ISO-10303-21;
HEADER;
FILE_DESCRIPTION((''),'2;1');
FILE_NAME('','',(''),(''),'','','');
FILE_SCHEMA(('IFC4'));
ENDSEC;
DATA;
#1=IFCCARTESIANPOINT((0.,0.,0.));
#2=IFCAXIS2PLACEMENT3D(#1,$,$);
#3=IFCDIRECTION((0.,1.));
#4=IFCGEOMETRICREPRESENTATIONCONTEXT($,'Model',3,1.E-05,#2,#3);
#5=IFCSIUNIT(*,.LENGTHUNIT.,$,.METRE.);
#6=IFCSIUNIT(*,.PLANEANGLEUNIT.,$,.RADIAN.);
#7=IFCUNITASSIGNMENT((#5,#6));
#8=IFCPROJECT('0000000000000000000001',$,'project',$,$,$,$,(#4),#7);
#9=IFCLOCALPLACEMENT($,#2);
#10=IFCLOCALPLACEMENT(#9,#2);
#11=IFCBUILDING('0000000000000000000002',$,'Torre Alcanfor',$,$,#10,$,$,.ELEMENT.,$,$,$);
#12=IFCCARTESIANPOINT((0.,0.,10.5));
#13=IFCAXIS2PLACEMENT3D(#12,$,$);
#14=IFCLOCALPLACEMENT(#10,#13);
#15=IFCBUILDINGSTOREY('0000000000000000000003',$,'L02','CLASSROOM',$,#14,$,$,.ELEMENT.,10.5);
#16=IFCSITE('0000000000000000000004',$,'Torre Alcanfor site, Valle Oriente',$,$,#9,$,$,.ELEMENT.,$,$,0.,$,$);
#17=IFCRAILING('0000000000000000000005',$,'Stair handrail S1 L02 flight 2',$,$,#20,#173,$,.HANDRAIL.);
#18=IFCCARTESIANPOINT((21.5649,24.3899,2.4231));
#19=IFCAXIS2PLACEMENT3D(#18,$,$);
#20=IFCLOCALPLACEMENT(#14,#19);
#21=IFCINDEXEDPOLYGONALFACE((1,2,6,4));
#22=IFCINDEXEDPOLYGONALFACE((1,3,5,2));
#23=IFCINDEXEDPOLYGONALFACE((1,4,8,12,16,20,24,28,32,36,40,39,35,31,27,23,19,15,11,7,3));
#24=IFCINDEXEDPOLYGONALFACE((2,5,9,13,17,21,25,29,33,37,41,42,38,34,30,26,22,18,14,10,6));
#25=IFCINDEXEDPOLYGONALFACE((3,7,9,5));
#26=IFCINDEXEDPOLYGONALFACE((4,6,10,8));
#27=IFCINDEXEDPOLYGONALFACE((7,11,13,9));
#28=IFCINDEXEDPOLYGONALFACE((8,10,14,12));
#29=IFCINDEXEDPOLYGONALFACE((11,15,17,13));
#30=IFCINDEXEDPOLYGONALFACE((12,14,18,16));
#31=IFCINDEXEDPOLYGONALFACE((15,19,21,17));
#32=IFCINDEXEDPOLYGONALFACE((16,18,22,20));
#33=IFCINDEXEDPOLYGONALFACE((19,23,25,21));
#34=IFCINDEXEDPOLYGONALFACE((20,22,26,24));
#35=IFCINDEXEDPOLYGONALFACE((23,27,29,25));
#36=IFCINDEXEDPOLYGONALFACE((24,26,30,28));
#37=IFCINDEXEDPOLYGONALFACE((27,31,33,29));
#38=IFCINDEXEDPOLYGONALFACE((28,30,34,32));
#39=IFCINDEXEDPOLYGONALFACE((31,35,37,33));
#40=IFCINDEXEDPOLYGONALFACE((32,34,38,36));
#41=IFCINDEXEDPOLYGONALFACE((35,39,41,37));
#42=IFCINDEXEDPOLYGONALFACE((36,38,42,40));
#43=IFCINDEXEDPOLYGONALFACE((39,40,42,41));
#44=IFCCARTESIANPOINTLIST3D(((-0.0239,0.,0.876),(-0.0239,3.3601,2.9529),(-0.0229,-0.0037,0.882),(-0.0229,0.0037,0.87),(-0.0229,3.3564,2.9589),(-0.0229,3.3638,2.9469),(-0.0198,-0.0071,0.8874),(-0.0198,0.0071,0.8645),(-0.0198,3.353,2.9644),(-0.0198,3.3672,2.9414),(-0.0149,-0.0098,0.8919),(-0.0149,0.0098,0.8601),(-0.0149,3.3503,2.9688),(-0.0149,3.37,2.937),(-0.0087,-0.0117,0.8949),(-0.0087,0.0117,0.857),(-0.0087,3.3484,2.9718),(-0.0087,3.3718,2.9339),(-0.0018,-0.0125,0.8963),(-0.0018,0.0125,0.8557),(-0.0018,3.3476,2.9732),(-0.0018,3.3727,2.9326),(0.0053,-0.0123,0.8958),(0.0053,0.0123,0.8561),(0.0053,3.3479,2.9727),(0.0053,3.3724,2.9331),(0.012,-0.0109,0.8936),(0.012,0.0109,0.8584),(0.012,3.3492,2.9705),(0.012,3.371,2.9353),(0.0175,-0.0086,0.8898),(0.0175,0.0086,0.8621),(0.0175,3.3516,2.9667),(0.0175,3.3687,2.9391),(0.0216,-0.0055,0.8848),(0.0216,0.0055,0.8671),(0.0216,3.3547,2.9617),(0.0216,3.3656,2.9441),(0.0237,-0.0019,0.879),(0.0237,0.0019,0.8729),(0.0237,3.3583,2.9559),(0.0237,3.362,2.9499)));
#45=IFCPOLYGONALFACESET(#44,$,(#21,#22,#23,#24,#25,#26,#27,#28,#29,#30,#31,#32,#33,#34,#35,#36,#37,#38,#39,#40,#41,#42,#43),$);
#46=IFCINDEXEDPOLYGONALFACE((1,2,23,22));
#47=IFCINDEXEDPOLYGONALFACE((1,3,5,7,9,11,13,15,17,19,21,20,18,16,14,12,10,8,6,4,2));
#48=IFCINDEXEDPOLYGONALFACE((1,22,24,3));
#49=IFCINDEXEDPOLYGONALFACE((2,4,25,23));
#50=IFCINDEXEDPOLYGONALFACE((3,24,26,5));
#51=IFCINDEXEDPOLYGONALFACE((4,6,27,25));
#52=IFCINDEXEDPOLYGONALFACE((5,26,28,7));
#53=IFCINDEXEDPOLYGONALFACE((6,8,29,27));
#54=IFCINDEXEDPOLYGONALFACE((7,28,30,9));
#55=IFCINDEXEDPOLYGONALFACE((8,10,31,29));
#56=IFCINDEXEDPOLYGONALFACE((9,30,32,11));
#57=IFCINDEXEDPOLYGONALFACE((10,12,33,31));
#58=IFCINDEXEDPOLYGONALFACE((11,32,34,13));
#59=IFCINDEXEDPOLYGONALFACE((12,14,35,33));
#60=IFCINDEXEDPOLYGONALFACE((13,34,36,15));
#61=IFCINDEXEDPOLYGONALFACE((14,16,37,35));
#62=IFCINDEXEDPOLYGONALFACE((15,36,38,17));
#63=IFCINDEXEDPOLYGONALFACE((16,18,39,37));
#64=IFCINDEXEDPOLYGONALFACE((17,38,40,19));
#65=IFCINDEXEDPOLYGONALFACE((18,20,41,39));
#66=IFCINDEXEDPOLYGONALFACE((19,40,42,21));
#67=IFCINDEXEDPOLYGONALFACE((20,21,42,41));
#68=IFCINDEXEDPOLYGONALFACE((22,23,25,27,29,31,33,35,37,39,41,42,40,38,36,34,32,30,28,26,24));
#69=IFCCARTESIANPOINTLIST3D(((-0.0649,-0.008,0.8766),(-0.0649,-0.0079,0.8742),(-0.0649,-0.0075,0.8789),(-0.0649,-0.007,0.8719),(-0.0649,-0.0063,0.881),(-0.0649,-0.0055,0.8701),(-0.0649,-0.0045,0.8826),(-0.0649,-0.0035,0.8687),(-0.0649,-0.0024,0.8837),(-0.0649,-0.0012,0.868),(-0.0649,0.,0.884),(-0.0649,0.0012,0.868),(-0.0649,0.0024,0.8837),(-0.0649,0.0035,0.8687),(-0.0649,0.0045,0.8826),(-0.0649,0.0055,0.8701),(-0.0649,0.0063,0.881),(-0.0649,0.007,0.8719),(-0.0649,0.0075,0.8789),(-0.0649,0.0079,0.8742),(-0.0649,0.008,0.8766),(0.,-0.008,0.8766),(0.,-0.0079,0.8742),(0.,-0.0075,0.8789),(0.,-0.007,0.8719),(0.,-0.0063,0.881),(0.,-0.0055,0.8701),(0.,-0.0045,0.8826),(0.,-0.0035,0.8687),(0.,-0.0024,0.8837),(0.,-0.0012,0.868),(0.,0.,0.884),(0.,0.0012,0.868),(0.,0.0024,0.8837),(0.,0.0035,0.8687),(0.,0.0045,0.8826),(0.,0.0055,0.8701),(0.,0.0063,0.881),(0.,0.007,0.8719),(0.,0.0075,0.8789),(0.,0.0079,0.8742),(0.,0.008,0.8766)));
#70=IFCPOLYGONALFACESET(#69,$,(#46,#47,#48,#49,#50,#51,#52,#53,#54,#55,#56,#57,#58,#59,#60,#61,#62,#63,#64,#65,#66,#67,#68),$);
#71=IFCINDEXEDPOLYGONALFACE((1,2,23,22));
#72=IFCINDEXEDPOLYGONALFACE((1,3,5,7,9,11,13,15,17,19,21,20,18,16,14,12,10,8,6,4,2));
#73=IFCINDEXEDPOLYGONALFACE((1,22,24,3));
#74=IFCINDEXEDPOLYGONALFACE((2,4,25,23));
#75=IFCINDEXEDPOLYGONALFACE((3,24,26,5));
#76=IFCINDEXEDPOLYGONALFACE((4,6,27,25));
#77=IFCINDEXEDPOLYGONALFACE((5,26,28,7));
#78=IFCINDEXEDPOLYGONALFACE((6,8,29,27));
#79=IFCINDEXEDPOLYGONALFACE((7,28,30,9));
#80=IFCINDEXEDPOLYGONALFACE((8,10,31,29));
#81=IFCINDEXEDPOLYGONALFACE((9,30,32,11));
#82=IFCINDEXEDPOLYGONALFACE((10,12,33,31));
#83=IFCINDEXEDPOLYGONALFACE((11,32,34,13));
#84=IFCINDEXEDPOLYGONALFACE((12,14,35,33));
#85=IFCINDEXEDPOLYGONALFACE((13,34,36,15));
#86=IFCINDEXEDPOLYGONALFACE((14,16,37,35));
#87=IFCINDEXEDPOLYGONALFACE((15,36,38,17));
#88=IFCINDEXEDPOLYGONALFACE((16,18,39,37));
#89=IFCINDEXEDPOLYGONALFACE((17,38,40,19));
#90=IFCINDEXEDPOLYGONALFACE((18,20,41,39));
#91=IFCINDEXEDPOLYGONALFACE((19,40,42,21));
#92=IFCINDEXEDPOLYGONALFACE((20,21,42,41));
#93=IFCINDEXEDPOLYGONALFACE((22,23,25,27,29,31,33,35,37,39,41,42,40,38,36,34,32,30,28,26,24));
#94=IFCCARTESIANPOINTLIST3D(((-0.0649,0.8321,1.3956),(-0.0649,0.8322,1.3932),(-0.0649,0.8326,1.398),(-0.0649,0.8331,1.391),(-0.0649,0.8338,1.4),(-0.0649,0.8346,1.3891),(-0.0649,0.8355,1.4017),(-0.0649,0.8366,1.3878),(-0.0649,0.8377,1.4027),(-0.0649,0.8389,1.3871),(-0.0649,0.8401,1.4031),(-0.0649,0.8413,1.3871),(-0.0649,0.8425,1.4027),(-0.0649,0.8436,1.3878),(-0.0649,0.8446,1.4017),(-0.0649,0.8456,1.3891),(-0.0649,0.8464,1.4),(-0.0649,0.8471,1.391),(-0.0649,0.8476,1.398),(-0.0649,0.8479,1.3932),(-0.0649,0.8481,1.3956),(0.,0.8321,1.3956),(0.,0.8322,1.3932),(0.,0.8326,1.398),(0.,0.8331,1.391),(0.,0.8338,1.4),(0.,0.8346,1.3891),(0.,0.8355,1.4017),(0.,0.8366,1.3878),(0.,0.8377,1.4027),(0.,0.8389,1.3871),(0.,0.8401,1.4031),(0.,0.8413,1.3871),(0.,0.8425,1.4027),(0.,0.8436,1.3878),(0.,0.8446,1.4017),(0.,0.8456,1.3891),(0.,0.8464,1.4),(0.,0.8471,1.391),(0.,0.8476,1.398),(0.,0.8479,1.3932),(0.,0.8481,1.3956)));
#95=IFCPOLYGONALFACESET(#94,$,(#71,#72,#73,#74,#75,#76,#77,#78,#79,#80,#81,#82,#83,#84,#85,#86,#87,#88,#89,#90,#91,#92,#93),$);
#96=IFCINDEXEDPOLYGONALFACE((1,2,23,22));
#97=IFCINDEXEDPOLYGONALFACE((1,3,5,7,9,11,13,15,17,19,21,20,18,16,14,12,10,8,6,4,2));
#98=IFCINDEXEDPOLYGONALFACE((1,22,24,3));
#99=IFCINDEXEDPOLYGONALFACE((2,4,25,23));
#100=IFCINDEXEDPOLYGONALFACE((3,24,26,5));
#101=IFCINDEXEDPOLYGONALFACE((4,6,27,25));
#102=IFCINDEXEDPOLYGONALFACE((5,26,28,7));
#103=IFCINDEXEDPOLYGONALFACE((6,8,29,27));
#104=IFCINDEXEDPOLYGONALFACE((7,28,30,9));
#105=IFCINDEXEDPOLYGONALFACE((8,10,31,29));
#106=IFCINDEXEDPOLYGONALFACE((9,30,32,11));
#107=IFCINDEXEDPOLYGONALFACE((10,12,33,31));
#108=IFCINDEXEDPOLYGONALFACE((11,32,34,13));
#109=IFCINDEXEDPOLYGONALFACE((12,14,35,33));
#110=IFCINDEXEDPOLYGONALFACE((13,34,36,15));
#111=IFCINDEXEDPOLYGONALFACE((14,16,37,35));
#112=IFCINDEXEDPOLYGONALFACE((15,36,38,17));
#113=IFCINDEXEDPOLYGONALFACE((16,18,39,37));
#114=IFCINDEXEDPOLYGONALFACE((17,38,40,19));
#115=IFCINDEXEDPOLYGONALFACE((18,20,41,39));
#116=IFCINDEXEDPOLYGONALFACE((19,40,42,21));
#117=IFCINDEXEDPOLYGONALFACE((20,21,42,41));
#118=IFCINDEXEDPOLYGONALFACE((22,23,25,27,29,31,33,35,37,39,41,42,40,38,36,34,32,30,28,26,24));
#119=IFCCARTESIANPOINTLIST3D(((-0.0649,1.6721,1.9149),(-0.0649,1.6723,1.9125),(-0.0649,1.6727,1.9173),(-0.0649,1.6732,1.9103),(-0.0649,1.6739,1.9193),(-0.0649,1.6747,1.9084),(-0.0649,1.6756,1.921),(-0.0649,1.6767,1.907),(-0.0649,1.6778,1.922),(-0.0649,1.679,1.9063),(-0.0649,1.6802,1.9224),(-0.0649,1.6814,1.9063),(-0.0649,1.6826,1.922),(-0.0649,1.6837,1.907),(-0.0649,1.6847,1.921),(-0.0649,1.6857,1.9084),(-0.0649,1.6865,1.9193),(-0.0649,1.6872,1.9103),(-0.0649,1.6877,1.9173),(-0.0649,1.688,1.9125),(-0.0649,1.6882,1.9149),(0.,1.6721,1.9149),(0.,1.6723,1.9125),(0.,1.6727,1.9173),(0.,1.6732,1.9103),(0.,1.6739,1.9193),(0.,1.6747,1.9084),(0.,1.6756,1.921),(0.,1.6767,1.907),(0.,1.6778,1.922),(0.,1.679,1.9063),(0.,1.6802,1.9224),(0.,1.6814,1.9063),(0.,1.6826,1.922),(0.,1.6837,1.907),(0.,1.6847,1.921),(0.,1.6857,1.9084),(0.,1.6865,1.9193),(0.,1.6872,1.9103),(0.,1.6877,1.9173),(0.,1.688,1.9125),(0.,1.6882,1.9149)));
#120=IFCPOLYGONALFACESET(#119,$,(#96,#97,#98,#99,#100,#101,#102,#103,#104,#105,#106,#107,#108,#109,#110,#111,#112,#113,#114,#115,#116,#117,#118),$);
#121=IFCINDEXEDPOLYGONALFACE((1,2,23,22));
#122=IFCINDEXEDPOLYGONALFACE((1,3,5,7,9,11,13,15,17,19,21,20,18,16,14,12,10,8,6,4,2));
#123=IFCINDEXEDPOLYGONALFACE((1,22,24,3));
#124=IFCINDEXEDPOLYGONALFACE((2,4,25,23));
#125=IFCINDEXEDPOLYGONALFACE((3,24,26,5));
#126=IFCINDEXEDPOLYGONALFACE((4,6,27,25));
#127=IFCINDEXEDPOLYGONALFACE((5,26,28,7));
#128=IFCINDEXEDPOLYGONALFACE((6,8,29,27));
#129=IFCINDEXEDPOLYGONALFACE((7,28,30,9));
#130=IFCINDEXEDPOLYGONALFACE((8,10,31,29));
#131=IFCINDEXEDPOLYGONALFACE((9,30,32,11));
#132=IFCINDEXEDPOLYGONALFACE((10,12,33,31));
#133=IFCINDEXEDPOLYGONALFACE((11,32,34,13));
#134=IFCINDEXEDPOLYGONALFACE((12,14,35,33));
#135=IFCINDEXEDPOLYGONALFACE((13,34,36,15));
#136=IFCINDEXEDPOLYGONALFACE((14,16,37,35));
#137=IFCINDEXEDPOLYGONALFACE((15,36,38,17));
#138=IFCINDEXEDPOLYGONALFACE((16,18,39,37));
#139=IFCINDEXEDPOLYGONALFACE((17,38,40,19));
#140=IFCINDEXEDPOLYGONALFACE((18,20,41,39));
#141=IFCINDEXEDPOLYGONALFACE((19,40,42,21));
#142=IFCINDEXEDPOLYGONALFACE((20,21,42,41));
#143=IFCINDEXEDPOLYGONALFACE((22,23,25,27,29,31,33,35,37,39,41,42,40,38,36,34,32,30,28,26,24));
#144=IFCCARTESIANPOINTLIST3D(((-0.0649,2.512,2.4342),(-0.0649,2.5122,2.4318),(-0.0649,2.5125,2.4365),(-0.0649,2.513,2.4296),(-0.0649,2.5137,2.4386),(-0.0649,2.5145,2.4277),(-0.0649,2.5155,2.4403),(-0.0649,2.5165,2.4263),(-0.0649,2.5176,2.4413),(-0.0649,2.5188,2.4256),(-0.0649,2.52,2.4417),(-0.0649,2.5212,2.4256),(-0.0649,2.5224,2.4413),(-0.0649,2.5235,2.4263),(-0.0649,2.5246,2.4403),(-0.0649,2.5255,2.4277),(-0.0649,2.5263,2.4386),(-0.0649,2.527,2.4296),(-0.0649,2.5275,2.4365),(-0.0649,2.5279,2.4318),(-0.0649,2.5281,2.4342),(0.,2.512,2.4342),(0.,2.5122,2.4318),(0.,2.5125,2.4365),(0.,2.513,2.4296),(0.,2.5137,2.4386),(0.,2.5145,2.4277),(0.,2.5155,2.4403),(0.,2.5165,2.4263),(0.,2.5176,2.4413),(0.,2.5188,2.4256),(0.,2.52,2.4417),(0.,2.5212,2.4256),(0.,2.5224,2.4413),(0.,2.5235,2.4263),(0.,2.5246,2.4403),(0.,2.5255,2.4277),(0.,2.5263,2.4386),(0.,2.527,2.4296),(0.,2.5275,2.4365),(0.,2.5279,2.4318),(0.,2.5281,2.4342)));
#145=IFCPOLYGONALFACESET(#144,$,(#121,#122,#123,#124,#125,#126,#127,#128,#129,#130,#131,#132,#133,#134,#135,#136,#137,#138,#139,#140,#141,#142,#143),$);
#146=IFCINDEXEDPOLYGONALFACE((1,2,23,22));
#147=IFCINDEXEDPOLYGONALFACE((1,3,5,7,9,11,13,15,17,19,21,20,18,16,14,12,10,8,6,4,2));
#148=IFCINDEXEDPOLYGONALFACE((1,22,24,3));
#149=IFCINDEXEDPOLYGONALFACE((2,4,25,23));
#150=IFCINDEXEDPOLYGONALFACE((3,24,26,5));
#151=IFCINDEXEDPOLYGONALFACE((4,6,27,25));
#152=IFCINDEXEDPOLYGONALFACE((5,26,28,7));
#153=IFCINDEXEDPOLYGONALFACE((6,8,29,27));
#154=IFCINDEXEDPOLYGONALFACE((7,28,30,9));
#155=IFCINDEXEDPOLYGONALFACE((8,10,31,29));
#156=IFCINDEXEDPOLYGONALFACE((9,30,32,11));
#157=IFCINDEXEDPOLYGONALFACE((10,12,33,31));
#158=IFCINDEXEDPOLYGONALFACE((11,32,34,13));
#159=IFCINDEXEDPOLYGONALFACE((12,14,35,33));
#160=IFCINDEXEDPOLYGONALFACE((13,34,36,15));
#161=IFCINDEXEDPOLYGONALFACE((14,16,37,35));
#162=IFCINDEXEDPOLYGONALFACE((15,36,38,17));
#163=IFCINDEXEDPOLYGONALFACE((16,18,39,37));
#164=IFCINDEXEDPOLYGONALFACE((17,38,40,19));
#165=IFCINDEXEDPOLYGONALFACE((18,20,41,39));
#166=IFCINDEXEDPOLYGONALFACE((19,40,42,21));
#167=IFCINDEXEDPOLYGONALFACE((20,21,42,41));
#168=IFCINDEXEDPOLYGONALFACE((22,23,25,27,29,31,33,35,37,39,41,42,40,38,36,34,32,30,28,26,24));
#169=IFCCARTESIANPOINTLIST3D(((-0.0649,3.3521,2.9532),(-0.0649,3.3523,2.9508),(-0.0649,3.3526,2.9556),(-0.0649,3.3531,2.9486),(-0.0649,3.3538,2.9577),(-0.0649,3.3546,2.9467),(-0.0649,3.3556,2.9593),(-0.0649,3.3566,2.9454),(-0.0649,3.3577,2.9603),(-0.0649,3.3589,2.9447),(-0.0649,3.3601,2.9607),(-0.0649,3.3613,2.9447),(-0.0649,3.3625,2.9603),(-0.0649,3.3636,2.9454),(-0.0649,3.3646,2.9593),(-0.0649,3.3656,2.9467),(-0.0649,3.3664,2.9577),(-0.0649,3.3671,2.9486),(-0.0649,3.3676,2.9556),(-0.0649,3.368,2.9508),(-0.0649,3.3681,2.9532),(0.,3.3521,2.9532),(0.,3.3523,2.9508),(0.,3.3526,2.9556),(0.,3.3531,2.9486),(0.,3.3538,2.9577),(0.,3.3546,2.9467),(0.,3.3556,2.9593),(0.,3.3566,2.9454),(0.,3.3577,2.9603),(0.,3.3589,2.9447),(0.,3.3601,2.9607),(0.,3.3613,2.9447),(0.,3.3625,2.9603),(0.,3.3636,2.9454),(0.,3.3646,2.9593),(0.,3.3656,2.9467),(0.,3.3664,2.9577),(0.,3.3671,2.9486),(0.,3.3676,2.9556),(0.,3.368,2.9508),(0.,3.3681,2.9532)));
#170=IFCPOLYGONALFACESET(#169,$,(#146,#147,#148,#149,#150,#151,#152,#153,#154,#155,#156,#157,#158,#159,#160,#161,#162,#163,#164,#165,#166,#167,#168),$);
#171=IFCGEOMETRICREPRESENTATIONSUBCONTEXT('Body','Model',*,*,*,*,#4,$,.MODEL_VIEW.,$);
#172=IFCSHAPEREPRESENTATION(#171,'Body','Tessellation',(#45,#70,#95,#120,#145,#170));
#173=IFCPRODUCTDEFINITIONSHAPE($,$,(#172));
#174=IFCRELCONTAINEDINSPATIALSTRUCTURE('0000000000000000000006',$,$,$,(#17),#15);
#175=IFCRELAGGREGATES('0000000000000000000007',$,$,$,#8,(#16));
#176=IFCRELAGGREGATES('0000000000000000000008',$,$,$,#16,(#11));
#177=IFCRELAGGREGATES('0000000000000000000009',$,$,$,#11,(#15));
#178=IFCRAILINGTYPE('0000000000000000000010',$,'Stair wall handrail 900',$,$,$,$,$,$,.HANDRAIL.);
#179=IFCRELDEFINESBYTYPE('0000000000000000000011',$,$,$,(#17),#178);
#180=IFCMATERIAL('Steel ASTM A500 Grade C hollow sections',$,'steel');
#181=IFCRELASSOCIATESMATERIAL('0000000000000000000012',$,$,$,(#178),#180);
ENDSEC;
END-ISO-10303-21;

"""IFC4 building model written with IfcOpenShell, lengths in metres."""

from ifc_helpers import new_model, si_unit, direction, frame, origin, origin_2d, place, context, subcontext, project, spatial, circle, extrude, material, type_object, element, save


model = new_model("IFC4")

# Units and contexts
model_context = context("Model", 3, precision=1e-05, world=origin(), true_north=direction((0.0, 1.0)))
body_context = subcontext(model_context, "Body", "Model", "MODEL_VIEW")
ifc_project = project(units=[si_unit("LENGTHUNIT", "METRE"), si_unit("PLANEANGLEUNIT", "RADIAN")], contexts=[model_context])

# Site, building, storey
site_placement = place(None, origin())
site = spatial("IfcSite", under=ifc_project, at=site_placement, Name="Torre Alcanfor site, Valle Oriente", CompositionType="ELEMENT", RefElevation=0.0)
building_placement = place(site_placement, origin())
building = spatial("IfcBuilding", under=site, at=building_placement, Name="Torre Alcanfor", CompositionType="ELEMENT")
storey_placement = place(building_placement, frame((0.0, 0.0, 10.5)))
storey = spatial("IfcBuildingStorey", under=building, at=storey_placement, Name="L02", Description="CLASSROOM", CompositionType="ELEMENT", Elevation=10.5)

# Railing
ifc_material_1 = material(Name="Steel ASTM A500 Grade C hollow sections", Category="steel")
railing_type_1 = type_object("IfcRailingType", Name="Stair wall handrail 900", PredefinedType="HANDRAIL", material=ifc_material_1)
railing_1_placement = place(storey_placement, frame((21.5649, 24.3899, 2.4231)))
element("IfcRailing", 1, at=railing_1_placement, inside=storey, type_object=railing_type_1, Name="Stair handrail S1 L02 flight 2", PredefinedType="HANDRAIL", context=body_context, shape_type="SweptSolid", body=[
    extrude(circle(Radius=0.0239, at=origin_2d()), frame((0.0, 0.0, 0.876), z_axis=(0.0, 0.850623, 0.525776), x_axis=(-1.0, 0.0, 0.0)), (0.0, 0.0, 1.0), 3.9502),
    extrude(circle(Radius=0.0081, at=origin_2d()), frame((0.0, 0.0, 0.876), z_axis=(-1.0, 0.0, 0.0), x_axis=(0.0, 0.0, 1.0)), (0.0, 0.0, 1.0), 0.0649),
    extrude(circle(Radius=0.0081, at=origin_2d()), frame((0.0, 0.8401, 1.395), z_axis=(-1.0, 0.0, 0.0), x_axis=(0.0, 0.0, 1.0)), (0.0, 0.0, 1.0), 0.0649),
    extrude(circle(Radius=0.0081, at=origin_2d()), frame((0.0, 1.6802, 1.9143), z_axis=(-1.0, 0.0, 0.0), x_axis=(0.0, 0.0, 1.0)), (0.0, 0.0, 1.0), 0.0649),
    extrude(circle(Radius=0.0081, at=origin_2d()), frame((0.0, 2.52, 2.4336), z_axis=(-1.0, 0.0, 0.0), x_axis=(0.0, 0.0, 1.0)), (0.0, 0.0, 1.0), 0.0649),
    extrude(circle(Radius=0.0081, at=origin_2d()), frame((0.0, 3.3601, 2.9526), z_axis=(-1.0, 0.0, 0.0), x_axis=(0.0, 0.0, 1.0)), (0.0, 0.0, 1.0), 0.0649),
])

save(model, "model.ifc")
